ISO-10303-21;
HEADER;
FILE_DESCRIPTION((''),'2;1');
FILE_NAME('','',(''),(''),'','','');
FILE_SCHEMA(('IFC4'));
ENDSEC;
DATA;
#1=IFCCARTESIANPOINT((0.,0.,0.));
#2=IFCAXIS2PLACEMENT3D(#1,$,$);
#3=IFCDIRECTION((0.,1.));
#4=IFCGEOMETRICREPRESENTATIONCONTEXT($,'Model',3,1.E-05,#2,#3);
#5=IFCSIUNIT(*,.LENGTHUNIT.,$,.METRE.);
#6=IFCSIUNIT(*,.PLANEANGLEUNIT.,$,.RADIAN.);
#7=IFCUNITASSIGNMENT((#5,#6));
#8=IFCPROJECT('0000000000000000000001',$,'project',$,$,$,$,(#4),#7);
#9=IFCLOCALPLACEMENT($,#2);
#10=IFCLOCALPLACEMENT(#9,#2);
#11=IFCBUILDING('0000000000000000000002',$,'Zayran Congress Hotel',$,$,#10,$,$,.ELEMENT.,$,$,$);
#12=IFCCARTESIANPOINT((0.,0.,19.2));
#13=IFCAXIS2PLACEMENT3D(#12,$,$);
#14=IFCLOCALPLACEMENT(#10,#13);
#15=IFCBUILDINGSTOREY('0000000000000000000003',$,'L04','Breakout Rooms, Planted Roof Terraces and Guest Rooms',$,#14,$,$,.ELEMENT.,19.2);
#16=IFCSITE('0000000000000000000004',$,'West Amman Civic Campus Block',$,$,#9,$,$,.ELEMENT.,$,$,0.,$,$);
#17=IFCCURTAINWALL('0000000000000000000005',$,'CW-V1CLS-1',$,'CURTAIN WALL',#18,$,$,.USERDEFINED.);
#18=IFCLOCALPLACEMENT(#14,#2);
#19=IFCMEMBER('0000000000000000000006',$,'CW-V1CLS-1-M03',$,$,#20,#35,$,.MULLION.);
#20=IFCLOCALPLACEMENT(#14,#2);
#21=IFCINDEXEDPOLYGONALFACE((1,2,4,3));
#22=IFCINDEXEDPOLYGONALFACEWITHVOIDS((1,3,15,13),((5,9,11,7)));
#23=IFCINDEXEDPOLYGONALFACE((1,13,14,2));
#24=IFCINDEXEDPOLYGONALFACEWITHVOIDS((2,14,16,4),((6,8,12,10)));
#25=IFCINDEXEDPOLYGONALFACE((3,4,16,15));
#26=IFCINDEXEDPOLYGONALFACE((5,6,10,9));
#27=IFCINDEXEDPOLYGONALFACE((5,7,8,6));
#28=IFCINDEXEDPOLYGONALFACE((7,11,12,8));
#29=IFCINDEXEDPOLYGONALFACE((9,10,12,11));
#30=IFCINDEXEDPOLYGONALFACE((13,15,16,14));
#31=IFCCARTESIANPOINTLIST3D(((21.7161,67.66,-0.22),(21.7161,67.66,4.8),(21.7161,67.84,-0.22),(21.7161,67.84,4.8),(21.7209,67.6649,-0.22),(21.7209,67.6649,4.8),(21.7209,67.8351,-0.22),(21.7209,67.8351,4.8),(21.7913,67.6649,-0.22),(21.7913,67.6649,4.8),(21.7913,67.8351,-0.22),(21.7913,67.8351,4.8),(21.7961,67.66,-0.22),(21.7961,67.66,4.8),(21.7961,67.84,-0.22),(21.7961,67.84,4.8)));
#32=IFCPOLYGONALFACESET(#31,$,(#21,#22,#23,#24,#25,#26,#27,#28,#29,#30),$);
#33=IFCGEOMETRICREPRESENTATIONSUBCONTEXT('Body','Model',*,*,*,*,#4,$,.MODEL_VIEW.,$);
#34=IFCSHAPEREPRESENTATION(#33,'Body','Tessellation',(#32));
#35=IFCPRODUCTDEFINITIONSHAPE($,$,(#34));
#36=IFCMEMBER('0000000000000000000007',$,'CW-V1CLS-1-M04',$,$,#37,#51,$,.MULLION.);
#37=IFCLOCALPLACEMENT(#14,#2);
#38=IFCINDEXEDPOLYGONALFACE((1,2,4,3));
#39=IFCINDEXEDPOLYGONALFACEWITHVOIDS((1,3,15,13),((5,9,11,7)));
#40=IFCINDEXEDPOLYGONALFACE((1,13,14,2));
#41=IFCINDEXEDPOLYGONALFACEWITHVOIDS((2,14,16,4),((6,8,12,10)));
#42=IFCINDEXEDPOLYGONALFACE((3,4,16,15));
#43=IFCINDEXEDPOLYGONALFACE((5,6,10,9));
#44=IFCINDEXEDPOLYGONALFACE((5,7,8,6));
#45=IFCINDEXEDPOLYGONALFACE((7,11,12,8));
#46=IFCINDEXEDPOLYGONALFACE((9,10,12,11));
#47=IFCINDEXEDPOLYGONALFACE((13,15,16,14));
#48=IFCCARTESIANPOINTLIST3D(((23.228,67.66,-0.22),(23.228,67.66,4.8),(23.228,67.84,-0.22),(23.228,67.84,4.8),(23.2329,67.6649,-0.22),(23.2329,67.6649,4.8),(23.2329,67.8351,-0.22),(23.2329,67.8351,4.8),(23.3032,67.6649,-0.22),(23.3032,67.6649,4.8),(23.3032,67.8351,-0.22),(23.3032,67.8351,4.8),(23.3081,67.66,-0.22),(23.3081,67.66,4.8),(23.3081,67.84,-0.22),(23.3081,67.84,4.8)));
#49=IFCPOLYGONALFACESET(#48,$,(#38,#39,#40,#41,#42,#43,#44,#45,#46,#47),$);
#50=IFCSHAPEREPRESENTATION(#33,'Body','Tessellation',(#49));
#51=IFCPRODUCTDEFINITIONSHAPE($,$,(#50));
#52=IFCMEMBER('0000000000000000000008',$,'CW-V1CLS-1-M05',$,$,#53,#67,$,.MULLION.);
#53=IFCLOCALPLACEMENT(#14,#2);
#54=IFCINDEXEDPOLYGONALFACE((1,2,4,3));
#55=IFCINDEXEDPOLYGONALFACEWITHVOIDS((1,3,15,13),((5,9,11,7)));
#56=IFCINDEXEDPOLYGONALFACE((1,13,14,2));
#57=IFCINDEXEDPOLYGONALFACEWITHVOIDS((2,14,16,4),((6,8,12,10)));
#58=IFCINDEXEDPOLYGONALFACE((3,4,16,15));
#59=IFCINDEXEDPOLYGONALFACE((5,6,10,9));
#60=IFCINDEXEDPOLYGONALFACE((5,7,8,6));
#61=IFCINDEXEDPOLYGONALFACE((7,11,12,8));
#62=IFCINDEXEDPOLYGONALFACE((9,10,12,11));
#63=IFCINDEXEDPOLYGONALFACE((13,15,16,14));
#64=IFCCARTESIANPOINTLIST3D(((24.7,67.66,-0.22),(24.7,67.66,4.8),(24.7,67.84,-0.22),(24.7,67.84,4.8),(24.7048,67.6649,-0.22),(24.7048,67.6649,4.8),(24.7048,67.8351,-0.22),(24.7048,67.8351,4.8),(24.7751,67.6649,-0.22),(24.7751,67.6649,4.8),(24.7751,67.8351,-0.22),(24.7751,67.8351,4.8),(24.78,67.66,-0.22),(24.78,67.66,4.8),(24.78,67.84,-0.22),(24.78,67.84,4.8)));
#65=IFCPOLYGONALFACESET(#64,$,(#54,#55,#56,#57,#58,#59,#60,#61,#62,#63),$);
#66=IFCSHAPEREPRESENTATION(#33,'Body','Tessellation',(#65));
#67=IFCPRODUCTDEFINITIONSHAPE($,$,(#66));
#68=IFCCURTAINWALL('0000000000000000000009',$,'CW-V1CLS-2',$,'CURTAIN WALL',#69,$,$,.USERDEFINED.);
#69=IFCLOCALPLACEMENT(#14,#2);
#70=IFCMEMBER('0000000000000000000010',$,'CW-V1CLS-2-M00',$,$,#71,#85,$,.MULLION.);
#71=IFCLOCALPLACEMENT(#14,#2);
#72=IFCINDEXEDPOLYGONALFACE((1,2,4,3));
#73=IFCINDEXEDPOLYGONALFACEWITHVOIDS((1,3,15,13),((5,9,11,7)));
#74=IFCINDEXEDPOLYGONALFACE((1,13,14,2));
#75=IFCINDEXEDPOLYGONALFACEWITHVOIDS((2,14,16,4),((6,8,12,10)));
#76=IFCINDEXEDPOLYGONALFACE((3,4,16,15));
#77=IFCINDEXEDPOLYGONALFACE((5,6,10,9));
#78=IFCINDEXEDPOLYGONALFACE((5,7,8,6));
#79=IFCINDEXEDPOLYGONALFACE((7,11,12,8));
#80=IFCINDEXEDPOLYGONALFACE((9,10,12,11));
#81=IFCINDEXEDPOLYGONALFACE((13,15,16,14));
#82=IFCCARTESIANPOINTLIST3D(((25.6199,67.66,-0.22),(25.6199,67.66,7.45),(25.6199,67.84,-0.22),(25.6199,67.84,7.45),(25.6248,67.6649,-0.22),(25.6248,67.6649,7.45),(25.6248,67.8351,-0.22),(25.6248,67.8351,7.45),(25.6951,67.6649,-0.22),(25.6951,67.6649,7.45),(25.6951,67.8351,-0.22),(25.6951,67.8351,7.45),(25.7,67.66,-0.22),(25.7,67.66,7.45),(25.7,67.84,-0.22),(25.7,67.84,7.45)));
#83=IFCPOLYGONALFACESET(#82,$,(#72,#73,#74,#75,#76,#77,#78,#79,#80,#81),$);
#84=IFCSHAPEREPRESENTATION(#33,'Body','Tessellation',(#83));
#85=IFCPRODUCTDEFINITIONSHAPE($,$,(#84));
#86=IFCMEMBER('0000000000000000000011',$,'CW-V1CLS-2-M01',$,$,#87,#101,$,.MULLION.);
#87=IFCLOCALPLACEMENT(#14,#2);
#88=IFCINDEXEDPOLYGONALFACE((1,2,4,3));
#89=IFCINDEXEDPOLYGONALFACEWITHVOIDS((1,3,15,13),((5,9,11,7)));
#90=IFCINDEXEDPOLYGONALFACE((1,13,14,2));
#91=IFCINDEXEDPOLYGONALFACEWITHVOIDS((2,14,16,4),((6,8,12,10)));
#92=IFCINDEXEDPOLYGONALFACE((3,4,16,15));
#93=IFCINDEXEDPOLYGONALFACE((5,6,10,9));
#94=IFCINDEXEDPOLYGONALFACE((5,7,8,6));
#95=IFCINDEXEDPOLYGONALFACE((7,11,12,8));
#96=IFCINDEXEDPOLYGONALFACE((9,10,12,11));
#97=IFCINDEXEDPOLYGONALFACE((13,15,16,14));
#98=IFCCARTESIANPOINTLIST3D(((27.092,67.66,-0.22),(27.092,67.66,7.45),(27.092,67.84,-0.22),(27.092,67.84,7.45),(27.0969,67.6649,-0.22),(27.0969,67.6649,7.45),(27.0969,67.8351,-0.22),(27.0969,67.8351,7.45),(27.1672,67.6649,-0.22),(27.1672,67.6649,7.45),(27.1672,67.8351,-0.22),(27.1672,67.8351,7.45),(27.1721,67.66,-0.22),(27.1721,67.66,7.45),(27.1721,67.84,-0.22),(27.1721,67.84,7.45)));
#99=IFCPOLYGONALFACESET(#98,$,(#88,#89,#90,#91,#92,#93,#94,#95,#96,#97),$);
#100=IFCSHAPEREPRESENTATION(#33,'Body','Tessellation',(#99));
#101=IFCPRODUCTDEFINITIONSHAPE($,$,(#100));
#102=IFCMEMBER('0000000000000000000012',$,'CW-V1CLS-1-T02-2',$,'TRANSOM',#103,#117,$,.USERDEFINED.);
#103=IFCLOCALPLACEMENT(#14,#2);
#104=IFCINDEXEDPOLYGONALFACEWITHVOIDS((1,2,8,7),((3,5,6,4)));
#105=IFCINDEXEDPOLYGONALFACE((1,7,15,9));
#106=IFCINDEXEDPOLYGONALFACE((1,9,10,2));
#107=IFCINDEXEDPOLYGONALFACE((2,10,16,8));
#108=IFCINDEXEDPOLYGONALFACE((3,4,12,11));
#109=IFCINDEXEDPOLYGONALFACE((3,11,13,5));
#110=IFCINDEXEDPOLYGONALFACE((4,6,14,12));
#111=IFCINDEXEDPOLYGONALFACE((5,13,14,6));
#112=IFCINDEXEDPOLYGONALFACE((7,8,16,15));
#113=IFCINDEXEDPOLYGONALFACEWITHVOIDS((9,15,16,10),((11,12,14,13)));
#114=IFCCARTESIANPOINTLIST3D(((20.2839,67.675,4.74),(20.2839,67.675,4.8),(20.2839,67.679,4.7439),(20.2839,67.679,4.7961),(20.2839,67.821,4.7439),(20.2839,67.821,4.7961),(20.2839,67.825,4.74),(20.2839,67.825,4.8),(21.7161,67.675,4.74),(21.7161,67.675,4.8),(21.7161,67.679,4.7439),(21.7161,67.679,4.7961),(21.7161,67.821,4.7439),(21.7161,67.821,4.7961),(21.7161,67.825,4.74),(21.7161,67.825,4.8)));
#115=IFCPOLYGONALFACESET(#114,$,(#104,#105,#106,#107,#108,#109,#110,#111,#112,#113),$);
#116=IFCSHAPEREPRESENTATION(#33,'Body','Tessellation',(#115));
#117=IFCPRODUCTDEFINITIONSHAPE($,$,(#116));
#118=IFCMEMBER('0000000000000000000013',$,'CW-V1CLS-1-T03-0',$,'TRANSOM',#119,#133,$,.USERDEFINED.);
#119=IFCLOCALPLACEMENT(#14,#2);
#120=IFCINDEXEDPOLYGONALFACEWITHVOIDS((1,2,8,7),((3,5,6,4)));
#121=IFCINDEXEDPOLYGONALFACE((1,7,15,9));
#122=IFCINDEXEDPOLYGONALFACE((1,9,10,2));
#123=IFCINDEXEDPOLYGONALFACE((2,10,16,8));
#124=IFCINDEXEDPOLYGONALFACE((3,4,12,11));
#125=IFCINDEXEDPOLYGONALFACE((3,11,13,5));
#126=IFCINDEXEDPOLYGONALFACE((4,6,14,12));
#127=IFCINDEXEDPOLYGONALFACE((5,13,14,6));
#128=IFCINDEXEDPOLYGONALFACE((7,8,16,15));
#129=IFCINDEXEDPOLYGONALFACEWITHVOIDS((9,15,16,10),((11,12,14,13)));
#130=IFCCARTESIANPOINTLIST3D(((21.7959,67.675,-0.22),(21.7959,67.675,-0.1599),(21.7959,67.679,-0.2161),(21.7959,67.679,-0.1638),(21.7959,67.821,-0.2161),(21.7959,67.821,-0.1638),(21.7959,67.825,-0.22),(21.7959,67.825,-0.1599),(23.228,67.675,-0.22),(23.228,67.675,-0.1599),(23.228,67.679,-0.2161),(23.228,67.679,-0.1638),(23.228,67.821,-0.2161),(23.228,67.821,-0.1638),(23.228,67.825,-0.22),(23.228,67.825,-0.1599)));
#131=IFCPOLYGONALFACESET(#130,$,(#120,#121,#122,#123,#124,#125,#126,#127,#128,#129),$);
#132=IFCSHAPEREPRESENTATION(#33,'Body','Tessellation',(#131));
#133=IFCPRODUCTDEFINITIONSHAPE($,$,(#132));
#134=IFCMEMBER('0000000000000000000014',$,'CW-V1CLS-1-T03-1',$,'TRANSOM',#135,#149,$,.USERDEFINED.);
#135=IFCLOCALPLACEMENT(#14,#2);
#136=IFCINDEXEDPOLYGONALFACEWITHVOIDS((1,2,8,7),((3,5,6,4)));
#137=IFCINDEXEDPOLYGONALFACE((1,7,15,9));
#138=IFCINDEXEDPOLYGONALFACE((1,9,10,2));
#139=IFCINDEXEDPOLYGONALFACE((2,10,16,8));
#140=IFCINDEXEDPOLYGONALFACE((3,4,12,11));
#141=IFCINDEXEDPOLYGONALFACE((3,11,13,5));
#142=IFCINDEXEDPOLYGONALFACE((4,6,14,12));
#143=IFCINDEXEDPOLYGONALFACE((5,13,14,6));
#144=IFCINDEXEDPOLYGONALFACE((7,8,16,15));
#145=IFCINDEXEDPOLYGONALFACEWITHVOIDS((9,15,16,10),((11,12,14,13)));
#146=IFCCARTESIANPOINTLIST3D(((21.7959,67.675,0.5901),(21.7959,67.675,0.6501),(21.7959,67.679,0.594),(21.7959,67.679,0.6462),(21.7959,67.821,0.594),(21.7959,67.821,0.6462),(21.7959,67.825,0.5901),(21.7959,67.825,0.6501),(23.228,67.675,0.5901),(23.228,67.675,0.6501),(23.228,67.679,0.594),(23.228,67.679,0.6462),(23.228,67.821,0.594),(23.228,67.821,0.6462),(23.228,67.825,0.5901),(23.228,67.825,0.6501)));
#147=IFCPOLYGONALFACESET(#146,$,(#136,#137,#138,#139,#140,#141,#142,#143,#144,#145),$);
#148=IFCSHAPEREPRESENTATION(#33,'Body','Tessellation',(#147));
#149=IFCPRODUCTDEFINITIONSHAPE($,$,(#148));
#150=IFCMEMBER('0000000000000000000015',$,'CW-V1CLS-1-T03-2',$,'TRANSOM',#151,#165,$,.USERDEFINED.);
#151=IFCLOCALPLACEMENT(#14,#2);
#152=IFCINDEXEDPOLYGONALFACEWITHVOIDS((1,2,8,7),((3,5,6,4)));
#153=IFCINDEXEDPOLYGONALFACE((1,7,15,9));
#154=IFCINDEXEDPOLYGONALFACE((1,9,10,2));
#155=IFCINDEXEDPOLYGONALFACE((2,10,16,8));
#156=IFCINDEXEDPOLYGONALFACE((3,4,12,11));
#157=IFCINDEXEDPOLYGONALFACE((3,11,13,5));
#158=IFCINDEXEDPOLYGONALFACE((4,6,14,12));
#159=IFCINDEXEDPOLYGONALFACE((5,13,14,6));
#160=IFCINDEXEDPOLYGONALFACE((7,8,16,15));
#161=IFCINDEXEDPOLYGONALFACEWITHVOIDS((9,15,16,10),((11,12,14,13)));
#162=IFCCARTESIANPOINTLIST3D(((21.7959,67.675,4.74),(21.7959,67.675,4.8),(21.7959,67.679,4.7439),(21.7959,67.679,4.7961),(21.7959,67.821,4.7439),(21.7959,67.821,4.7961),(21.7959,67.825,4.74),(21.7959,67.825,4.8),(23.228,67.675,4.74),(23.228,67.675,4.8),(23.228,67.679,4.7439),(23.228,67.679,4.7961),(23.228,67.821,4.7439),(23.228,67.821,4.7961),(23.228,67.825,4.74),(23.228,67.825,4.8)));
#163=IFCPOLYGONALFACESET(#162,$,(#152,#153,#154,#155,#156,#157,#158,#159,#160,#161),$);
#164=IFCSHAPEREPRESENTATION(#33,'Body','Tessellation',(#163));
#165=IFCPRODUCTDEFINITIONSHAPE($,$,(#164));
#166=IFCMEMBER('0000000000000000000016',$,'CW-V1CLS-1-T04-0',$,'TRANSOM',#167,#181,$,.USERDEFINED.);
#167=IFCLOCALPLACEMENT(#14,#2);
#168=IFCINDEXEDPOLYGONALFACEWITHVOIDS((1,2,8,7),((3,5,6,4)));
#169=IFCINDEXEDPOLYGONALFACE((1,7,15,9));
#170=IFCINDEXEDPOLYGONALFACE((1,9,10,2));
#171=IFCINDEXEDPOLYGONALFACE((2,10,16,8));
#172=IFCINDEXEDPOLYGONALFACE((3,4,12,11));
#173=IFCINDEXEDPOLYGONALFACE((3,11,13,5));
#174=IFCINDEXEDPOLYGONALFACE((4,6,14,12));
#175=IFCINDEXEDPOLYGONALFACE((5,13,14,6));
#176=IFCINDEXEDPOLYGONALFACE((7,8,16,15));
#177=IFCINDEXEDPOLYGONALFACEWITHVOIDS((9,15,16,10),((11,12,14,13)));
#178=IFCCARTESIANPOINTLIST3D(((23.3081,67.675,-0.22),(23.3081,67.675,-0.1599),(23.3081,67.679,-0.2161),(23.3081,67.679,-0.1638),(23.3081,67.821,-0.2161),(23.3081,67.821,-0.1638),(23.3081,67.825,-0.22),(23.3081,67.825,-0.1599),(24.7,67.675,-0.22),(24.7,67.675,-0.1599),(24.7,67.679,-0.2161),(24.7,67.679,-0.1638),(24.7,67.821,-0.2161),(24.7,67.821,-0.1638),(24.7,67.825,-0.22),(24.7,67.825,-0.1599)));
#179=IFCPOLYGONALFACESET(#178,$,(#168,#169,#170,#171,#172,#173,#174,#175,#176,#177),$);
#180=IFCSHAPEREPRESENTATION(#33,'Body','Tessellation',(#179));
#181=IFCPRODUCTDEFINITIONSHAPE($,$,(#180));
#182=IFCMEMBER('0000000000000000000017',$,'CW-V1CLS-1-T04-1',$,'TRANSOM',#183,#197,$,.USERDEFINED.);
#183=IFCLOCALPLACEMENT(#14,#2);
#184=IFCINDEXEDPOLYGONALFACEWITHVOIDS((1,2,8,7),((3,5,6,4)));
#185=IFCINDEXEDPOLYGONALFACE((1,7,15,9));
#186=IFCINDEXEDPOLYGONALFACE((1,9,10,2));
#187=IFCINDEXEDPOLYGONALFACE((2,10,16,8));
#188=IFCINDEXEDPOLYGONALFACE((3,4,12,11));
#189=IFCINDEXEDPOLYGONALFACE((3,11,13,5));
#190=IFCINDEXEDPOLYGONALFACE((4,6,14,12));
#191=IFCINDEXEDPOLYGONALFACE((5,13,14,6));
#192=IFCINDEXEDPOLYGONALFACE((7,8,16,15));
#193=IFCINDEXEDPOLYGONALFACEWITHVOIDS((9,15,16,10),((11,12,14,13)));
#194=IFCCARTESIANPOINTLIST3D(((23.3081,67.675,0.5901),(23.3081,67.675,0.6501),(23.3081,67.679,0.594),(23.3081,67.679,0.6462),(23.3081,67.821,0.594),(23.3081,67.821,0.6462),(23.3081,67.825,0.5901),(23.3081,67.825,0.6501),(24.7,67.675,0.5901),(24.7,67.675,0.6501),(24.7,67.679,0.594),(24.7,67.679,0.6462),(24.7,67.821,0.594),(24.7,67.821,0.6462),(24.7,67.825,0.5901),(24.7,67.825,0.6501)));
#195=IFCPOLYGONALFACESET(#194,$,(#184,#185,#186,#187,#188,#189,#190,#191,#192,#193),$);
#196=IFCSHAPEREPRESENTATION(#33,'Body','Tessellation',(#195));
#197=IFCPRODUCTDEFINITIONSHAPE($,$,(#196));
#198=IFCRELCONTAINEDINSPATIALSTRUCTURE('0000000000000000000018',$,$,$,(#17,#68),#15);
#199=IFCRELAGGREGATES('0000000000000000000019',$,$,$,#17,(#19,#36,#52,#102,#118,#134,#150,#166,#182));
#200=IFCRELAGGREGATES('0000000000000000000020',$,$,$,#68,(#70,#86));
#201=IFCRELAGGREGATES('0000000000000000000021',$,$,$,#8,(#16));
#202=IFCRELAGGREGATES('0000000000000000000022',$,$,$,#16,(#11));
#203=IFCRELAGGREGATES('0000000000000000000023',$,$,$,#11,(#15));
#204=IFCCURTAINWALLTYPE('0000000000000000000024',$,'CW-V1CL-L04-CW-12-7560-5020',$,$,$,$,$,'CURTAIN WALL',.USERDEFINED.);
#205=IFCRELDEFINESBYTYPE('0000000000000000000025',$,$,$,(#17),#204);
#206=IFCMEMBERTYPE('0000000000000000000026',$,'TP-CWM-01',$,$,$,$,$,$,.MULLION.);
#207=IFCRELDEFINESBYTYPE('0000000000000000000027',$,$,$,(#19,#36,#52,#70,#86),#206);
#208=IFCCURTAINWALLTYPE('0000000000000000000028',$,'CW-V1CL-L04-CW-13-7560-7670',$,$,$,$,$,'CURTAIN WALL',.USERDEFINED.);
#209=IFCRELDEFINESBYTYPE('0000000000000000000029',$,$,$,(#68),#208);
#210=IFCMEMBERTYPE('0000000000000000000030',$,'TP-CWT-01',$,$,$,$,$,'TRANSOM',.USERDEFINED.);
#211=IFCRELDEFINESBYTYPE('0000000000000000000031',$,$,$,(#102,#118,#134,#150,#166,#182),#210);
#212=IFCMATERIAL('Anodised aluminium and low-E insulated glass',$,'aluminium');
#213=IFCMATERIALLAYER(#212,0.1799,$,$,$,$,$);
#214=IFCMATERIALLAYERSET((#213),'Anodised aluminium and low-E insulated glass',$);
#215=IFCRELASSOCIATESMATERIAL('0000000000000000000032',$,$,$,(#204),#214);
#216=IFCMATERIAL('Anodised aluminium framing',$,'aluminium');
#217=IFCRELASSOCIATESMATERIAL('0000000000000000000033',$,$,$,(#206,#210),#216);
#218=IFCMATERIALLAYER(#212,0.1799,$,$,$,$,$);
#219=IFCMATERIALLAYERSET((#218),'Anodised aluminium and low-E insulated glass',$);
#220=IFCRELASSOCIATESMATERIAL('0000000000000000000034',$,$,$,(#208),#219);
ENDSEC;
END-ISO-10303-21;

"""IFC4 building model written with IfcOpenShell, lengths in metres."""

from ifc_helpers import new_model, si_unit, direction, frame, origin, origin_2d, place, context, subcontext, project, spatial, hollow_rectangle, extrude, material, layer, layer_set, material_profile, profile_set, type_object, element, aggregate, save


model = new_model("IFC4")

# Units and contexts
model_context = context("Model", 3, precision=1e-05, world=origin(), true_north=direction((0.0, 1.0)))
body_context = subcontext(model_context, "Body", "Model", "MODEL_VIEW")
ifc_project = project(units=[si_unit("LENGTHUNIT", "METRE"), si_unit("PLANEANGLEUNIT", "RADIAN")], contexts=[model_context])

# Site, building, storey
site_placement = place(None, origin())
site = spatial("IfcSite", under=ifc_project, at=site_placement, Name="West Amman Civic Campus Block", CompositionType="ELEMENT", RefElevation=0.0)
building_placement = place(site_placement, origin())
building = spatial("IfcBuilding", under=site, at=building_placement, Name="Zayran Congress Hotel", CompositionType="ELEMENT")
storey_placement = place(building_placement, frame((0.0, 0.0, 19.2)))
storey = spatial("IfcBuildingStorey", under=building, at=storey_placement, Name="L04", Description="Breakout Rooms, Planted Roof Terraces and Guest Rooms", CompositionType="ELEMENT", Elevation=19.2)

# Curtain walls, members
ifc_material_1 = material(Name="Anodised aluminium and low-E insulated glass", Category="aluminium")
ifc_layer_1 = layer(ifc_material_1, 0.1799)
ifc_layer_set_1 = layer_set([ifc_layer_1], Name="Anodised aluminium and low-E insulated glass")
curtain_wall_type_1 = type_object("IfcCurtainWallType", Name="CW-V1CL-L04-CW-12-7560-5020", ElementType="CURTAIN WALL", PredefinedType="USERDEFINED", material=ifc_layer_set_1)
curtain_wall_1_placement = place(storey_placement, origin())
curtain_wall_1 = element("IfcCurtainWall", 1, at=curtain_wall_1_placement, inside=storey, type_object=curtain_wall_type_1, Name="CW-V1CLS-1", ObjectType="CURTAIN WALL", PredefinedType="USERDEFINED")
ifc_material_2 = material(Name="Anodised aluminium framing", Category="aluminium")
ifc_material_profile_1 = material_profile(ifc_material_2, hollow_rectangle(XDim=0.0801, YDim=0.1799, WallThickness=0.0049, at=origin_2d()), Name="RHS 180x80x5")
ifc_profile_set_1 = profile_set([ifc_material_profile_1], Name="Anodised aluminium framing")
member_type_1 = type_object("IfcMemberType", Name="TP-CWM-01", PredefinedType="MULLION", material=ifc_profile_set_1)
member_1_placement = place(storey_placement, frame((21.7561, 67.75, -0.22), z_axis=(0.0, 0.0, 1.0), x_axis=(1.0, 0.0, 0.0)))
member_1 = element("IfcMember", 2, at=member_1_placement, type_object=member_type_1, Name="CW-V1CLS-1-M03", PredefinedType="MULLION", context=body_context, shape_type="SweptSolid", body=[
    extrude(hollow_rectangle(XDim=0.0801, YDim=0.1799, WallThickness=0.0049, at=origin_2d()), origin(), (0.0, 0.0, 1.0), 5.02),
])
member_2_placement = place(storey_placement, frame((23.2681, 67.75, -0.22), z_axis=(0.0, 0.0, 1.0), x_axis=(1.0, 0.0, 0.0)))
member_2 = element("IfcMember", 3, at=member_2_placement, type_object=member_type_1, Name="CW-V1CLS-1-M04", PredefinedType="MULLION", context=body_context, shape_type="SweptSolid", body=[
    extrude(hollow_rectangle(XDim=0.0801, YDim=0.1799, WallThickness=0.0049, at=origin_2d()), origin(), (0.0, 0.0, 1.0), 5.02),
])
member_3_placement = place(storey_placement, frame((24.74, 67.75, -0.22), z_axis=(0.0, 0.0, 1.0), x_axis=(1.0, 0.0, 0.0)))
member_3 = element("IfcMember", 4, at=member_3_placement, type_object=member_type_1, Name="CW-V1CLS-1-M05", PredefinedType="MULLION", context=body_context, shape_type="SweptSolid", body=[
    extrude(hollow_rectangle(XDim=0.0801, YDim=0.1799, WallThickness=0.0049, at=origin_2d()), origin(), (0.0, 0.0, 1.0), 5.02),
])
ifc_layer_2 = layer(ifc_material_1, 0.1799)
ifc_layer_set_2 = layer_set([ifc_layer_2], Name="Anodised aluminium and low-E insulated glass")
curtain_wall_type_2 = type_object("IfcCurtainWallType", Name="CW-V1CL-L04-CW-13-7560-7670", ElementType="CURTAIN WALL", PredefinedType="USERDEFINED", material=ifc_layer_set_2)
curtain_wall_2_placement = place(storey_placement, origin())
curtain_wall_2 = element("IfcCurtainWall", 5, at=curtain_wall_2_placement, inside=storey, type_object=curtain_wall_type_2, Name="CW-V1CLS-2", ObjectType="CURTAIN WALL", PredefinedType="USERDEFINED")
member_4_placement = place(storey_placement, frame((25.6599, 67.75, -0.22), z_axis=(0.0, 0.0, 1.0), x_axis=(1.0, 0.0, 0.0)))
member_4 = element("IfcMember", 6, at=member_4_placement, type_object=member_type_1, Name="CW-V1CLS-2-M00", PredefinedType="MULLION", context=body_context, shape_type="SweptSolid", body=[
    extrude(hollow_rectangle(XDim=0.0801, YDim=0.1799, WallThickness=0.0049, at=origin_2d()), origin(), (0.0, 0.0, 1.0), 7.6699),
])
member_5_placement = place(storey_placement, frame((27.1321, 67.75, -0.22), z_axis=(0.0, 0.0, 1.0), x_axis=(1.0, 0.0, 0.0)))
member_5 = element("IfcMember", 7, at=member_5_placement, type_object=member_type_1, Name="CW-V1CLS-2-M01", PredefinedType="MULLION", context=body_context, shape_type="SweptSolid", body=[
    extrude(hollow_rectangle(XDim=0.0801, YDim=0.1799, WallThickness=0.0049, at=origin_2d()), origin(), (0.0, 0.0, 1.0), 7.6699),
])

# Members
ifc_material_profile_2 = material_profile(ifc_material_2, hollow_rectangle(XDim=0.0601, YDim=0.1499, WallThickness=0.0039, at=origin_2d()), Name="RHS 150x60x4")
ifc_profile_set_2 = profile_set([ifc_material_profile_2], Name="Anodised aluminium framing")
member_type_2 = type_object("IfcMemberType", Name="TP-CWT-01", ElementType="TRANSOM", PredefinedType="USERDEFINED", material=ifc_profile_set_2)
member_6_placement = place(storey_placement, frame((20.2839, 67.75, 4.77), z_axis=(1.0, 0.0, 0.0), x_axis=(0.0, 0.0, 1.0)))
member_6 = element("IfcMember", 8, at=member_6_placement, type_object=member_type_2, Name="CW-V1CLS-1-T02-2", ObjectType="TRANSOM", PredefinedType="USERDEFINED", context=body_context, shape_type="SweptSolid", body=[
    extrude(hollow_rectangle(XDim=0.0601, YDim=0.1499, WallThickness=0.0039, at=origin_2d()), origin(), (0.0, 0.0, 1.0), 1.4321),
])
member_7_placement = place(storey_placement, frame((21.7959, 67.75, -0.1899), z_axis=(1.0, 0.0, 0.0), x_axis=(0.0, 0.0, 1.0)))
member_7 = element("IfcMember", 9, at=member_7_placement, type_object=member_type_2, Name="CW-V1CLS-1-T03-0", ObjectType="TRANSOM", PredefinedType="USERDEFINED", context=body_context, shape_type="SweptSolid", body=[
    extrude(hollow_rectangle(XDim=0.0601, YDim=0.1499, WallThickness=0.0039, at=origin_2d()), origin(), (0.0, 0.0, 1.0), 1.4321),
])
member_8_placement = place(storey_placement, frame((21.7959, 67.75, 0.6201), z_axis=(1.0, 0.0, 0.0), x_axis=(0.0, 0.0, 1.0)))
member_8 = element("IfcMember", 10, at=member_8_placement, type_object=member_type_2, Name="CW-V1CLS-1-T03-1", ObjectType="TRANSOM", PredefinedType="USERDEFINED", context=body_context, shape_type="SweptSolid", body=[
    extrude(hollow_rectangle(XDim=0.0601, YDim=0.1499, WallThickness=0.0039, at=origin_2d()), origin(), (0.0, 0.0, 1.0), 1.4321),
])
member_9_placement = place(storey_placement, frame((21.7959, 67.75, 4.77), z_axis=(1.0, 0.0, 0.0), x_axis=(0.0, 0.0, 1.0)))
member_9 = element("IfcMember", 11, at=member_9_placement, type_object=member_type_2, Name="CW-V1CLS-1-T03-2", ObjectType="TRANSOM", PredefinedType="USERDEFINED", context=body_context, shape_type="SweptSolid", body=[
    extrude(hollow_rectangle(XDim=0.0601, YDim=0.1499, WallThickness=0.0039, at=origin_2d()), origin(), (0.0, 0.0, 1.0), 1.4321),
])
member_10_placement = place(storey_placement, frame((23.3081, 67.75, -0.1899), z_axis=(1.0, 0.0, 0.0), x_axis=(0.0, 0.0, 1.0)))
member_10 = element("IfcMember", 12, at=member_10_placement, type_object=member_type_2, Name="CW-V1CLS-1-T04-0", ObjectType="TRANSOM", PredefinedType="USERDEFINED", context=body_context, shape_type="SweptSolid", body=[
    extrude(hollow_rectangle(XDim=0.0601, YDim=0.1499, WallThickness=0.0039, at=origin_2d()), origin(), (0.0, 0.0, 1.0), 1.3918),
])
member_11_placement = place(storey_placement, frame((23.3081, 67.75, 0.6201), z_axis=(1.0, 0.0, 0.0), x_axis=(0.0, 0.0, 1.0)))
member_11 = element("IfcMember", 13, at=member_11_placement, type_object=member_type_2, Name="CW-V1CLS-1-T04-1", ObjectType="TRANSOM", PredefinedType="USERDEFINED", context=body_context, shape_type="SweptSolid", body=[
    extrude(hollow_rectangle(XDim=0.0601, YDim=0.1499, WallThickness=0.0039, at=origin_2d()), origin(), (0.0, 0.0, 1.0), 1.3918),
])

aggregate(curtain_wall_1, [member_1, member_2, member_3, member_6, member_7, member_8, member_9, member_10, member_11])
aggregate(curtain_wall_2, [member_4, member_5])

save(model, "model.ifc")
